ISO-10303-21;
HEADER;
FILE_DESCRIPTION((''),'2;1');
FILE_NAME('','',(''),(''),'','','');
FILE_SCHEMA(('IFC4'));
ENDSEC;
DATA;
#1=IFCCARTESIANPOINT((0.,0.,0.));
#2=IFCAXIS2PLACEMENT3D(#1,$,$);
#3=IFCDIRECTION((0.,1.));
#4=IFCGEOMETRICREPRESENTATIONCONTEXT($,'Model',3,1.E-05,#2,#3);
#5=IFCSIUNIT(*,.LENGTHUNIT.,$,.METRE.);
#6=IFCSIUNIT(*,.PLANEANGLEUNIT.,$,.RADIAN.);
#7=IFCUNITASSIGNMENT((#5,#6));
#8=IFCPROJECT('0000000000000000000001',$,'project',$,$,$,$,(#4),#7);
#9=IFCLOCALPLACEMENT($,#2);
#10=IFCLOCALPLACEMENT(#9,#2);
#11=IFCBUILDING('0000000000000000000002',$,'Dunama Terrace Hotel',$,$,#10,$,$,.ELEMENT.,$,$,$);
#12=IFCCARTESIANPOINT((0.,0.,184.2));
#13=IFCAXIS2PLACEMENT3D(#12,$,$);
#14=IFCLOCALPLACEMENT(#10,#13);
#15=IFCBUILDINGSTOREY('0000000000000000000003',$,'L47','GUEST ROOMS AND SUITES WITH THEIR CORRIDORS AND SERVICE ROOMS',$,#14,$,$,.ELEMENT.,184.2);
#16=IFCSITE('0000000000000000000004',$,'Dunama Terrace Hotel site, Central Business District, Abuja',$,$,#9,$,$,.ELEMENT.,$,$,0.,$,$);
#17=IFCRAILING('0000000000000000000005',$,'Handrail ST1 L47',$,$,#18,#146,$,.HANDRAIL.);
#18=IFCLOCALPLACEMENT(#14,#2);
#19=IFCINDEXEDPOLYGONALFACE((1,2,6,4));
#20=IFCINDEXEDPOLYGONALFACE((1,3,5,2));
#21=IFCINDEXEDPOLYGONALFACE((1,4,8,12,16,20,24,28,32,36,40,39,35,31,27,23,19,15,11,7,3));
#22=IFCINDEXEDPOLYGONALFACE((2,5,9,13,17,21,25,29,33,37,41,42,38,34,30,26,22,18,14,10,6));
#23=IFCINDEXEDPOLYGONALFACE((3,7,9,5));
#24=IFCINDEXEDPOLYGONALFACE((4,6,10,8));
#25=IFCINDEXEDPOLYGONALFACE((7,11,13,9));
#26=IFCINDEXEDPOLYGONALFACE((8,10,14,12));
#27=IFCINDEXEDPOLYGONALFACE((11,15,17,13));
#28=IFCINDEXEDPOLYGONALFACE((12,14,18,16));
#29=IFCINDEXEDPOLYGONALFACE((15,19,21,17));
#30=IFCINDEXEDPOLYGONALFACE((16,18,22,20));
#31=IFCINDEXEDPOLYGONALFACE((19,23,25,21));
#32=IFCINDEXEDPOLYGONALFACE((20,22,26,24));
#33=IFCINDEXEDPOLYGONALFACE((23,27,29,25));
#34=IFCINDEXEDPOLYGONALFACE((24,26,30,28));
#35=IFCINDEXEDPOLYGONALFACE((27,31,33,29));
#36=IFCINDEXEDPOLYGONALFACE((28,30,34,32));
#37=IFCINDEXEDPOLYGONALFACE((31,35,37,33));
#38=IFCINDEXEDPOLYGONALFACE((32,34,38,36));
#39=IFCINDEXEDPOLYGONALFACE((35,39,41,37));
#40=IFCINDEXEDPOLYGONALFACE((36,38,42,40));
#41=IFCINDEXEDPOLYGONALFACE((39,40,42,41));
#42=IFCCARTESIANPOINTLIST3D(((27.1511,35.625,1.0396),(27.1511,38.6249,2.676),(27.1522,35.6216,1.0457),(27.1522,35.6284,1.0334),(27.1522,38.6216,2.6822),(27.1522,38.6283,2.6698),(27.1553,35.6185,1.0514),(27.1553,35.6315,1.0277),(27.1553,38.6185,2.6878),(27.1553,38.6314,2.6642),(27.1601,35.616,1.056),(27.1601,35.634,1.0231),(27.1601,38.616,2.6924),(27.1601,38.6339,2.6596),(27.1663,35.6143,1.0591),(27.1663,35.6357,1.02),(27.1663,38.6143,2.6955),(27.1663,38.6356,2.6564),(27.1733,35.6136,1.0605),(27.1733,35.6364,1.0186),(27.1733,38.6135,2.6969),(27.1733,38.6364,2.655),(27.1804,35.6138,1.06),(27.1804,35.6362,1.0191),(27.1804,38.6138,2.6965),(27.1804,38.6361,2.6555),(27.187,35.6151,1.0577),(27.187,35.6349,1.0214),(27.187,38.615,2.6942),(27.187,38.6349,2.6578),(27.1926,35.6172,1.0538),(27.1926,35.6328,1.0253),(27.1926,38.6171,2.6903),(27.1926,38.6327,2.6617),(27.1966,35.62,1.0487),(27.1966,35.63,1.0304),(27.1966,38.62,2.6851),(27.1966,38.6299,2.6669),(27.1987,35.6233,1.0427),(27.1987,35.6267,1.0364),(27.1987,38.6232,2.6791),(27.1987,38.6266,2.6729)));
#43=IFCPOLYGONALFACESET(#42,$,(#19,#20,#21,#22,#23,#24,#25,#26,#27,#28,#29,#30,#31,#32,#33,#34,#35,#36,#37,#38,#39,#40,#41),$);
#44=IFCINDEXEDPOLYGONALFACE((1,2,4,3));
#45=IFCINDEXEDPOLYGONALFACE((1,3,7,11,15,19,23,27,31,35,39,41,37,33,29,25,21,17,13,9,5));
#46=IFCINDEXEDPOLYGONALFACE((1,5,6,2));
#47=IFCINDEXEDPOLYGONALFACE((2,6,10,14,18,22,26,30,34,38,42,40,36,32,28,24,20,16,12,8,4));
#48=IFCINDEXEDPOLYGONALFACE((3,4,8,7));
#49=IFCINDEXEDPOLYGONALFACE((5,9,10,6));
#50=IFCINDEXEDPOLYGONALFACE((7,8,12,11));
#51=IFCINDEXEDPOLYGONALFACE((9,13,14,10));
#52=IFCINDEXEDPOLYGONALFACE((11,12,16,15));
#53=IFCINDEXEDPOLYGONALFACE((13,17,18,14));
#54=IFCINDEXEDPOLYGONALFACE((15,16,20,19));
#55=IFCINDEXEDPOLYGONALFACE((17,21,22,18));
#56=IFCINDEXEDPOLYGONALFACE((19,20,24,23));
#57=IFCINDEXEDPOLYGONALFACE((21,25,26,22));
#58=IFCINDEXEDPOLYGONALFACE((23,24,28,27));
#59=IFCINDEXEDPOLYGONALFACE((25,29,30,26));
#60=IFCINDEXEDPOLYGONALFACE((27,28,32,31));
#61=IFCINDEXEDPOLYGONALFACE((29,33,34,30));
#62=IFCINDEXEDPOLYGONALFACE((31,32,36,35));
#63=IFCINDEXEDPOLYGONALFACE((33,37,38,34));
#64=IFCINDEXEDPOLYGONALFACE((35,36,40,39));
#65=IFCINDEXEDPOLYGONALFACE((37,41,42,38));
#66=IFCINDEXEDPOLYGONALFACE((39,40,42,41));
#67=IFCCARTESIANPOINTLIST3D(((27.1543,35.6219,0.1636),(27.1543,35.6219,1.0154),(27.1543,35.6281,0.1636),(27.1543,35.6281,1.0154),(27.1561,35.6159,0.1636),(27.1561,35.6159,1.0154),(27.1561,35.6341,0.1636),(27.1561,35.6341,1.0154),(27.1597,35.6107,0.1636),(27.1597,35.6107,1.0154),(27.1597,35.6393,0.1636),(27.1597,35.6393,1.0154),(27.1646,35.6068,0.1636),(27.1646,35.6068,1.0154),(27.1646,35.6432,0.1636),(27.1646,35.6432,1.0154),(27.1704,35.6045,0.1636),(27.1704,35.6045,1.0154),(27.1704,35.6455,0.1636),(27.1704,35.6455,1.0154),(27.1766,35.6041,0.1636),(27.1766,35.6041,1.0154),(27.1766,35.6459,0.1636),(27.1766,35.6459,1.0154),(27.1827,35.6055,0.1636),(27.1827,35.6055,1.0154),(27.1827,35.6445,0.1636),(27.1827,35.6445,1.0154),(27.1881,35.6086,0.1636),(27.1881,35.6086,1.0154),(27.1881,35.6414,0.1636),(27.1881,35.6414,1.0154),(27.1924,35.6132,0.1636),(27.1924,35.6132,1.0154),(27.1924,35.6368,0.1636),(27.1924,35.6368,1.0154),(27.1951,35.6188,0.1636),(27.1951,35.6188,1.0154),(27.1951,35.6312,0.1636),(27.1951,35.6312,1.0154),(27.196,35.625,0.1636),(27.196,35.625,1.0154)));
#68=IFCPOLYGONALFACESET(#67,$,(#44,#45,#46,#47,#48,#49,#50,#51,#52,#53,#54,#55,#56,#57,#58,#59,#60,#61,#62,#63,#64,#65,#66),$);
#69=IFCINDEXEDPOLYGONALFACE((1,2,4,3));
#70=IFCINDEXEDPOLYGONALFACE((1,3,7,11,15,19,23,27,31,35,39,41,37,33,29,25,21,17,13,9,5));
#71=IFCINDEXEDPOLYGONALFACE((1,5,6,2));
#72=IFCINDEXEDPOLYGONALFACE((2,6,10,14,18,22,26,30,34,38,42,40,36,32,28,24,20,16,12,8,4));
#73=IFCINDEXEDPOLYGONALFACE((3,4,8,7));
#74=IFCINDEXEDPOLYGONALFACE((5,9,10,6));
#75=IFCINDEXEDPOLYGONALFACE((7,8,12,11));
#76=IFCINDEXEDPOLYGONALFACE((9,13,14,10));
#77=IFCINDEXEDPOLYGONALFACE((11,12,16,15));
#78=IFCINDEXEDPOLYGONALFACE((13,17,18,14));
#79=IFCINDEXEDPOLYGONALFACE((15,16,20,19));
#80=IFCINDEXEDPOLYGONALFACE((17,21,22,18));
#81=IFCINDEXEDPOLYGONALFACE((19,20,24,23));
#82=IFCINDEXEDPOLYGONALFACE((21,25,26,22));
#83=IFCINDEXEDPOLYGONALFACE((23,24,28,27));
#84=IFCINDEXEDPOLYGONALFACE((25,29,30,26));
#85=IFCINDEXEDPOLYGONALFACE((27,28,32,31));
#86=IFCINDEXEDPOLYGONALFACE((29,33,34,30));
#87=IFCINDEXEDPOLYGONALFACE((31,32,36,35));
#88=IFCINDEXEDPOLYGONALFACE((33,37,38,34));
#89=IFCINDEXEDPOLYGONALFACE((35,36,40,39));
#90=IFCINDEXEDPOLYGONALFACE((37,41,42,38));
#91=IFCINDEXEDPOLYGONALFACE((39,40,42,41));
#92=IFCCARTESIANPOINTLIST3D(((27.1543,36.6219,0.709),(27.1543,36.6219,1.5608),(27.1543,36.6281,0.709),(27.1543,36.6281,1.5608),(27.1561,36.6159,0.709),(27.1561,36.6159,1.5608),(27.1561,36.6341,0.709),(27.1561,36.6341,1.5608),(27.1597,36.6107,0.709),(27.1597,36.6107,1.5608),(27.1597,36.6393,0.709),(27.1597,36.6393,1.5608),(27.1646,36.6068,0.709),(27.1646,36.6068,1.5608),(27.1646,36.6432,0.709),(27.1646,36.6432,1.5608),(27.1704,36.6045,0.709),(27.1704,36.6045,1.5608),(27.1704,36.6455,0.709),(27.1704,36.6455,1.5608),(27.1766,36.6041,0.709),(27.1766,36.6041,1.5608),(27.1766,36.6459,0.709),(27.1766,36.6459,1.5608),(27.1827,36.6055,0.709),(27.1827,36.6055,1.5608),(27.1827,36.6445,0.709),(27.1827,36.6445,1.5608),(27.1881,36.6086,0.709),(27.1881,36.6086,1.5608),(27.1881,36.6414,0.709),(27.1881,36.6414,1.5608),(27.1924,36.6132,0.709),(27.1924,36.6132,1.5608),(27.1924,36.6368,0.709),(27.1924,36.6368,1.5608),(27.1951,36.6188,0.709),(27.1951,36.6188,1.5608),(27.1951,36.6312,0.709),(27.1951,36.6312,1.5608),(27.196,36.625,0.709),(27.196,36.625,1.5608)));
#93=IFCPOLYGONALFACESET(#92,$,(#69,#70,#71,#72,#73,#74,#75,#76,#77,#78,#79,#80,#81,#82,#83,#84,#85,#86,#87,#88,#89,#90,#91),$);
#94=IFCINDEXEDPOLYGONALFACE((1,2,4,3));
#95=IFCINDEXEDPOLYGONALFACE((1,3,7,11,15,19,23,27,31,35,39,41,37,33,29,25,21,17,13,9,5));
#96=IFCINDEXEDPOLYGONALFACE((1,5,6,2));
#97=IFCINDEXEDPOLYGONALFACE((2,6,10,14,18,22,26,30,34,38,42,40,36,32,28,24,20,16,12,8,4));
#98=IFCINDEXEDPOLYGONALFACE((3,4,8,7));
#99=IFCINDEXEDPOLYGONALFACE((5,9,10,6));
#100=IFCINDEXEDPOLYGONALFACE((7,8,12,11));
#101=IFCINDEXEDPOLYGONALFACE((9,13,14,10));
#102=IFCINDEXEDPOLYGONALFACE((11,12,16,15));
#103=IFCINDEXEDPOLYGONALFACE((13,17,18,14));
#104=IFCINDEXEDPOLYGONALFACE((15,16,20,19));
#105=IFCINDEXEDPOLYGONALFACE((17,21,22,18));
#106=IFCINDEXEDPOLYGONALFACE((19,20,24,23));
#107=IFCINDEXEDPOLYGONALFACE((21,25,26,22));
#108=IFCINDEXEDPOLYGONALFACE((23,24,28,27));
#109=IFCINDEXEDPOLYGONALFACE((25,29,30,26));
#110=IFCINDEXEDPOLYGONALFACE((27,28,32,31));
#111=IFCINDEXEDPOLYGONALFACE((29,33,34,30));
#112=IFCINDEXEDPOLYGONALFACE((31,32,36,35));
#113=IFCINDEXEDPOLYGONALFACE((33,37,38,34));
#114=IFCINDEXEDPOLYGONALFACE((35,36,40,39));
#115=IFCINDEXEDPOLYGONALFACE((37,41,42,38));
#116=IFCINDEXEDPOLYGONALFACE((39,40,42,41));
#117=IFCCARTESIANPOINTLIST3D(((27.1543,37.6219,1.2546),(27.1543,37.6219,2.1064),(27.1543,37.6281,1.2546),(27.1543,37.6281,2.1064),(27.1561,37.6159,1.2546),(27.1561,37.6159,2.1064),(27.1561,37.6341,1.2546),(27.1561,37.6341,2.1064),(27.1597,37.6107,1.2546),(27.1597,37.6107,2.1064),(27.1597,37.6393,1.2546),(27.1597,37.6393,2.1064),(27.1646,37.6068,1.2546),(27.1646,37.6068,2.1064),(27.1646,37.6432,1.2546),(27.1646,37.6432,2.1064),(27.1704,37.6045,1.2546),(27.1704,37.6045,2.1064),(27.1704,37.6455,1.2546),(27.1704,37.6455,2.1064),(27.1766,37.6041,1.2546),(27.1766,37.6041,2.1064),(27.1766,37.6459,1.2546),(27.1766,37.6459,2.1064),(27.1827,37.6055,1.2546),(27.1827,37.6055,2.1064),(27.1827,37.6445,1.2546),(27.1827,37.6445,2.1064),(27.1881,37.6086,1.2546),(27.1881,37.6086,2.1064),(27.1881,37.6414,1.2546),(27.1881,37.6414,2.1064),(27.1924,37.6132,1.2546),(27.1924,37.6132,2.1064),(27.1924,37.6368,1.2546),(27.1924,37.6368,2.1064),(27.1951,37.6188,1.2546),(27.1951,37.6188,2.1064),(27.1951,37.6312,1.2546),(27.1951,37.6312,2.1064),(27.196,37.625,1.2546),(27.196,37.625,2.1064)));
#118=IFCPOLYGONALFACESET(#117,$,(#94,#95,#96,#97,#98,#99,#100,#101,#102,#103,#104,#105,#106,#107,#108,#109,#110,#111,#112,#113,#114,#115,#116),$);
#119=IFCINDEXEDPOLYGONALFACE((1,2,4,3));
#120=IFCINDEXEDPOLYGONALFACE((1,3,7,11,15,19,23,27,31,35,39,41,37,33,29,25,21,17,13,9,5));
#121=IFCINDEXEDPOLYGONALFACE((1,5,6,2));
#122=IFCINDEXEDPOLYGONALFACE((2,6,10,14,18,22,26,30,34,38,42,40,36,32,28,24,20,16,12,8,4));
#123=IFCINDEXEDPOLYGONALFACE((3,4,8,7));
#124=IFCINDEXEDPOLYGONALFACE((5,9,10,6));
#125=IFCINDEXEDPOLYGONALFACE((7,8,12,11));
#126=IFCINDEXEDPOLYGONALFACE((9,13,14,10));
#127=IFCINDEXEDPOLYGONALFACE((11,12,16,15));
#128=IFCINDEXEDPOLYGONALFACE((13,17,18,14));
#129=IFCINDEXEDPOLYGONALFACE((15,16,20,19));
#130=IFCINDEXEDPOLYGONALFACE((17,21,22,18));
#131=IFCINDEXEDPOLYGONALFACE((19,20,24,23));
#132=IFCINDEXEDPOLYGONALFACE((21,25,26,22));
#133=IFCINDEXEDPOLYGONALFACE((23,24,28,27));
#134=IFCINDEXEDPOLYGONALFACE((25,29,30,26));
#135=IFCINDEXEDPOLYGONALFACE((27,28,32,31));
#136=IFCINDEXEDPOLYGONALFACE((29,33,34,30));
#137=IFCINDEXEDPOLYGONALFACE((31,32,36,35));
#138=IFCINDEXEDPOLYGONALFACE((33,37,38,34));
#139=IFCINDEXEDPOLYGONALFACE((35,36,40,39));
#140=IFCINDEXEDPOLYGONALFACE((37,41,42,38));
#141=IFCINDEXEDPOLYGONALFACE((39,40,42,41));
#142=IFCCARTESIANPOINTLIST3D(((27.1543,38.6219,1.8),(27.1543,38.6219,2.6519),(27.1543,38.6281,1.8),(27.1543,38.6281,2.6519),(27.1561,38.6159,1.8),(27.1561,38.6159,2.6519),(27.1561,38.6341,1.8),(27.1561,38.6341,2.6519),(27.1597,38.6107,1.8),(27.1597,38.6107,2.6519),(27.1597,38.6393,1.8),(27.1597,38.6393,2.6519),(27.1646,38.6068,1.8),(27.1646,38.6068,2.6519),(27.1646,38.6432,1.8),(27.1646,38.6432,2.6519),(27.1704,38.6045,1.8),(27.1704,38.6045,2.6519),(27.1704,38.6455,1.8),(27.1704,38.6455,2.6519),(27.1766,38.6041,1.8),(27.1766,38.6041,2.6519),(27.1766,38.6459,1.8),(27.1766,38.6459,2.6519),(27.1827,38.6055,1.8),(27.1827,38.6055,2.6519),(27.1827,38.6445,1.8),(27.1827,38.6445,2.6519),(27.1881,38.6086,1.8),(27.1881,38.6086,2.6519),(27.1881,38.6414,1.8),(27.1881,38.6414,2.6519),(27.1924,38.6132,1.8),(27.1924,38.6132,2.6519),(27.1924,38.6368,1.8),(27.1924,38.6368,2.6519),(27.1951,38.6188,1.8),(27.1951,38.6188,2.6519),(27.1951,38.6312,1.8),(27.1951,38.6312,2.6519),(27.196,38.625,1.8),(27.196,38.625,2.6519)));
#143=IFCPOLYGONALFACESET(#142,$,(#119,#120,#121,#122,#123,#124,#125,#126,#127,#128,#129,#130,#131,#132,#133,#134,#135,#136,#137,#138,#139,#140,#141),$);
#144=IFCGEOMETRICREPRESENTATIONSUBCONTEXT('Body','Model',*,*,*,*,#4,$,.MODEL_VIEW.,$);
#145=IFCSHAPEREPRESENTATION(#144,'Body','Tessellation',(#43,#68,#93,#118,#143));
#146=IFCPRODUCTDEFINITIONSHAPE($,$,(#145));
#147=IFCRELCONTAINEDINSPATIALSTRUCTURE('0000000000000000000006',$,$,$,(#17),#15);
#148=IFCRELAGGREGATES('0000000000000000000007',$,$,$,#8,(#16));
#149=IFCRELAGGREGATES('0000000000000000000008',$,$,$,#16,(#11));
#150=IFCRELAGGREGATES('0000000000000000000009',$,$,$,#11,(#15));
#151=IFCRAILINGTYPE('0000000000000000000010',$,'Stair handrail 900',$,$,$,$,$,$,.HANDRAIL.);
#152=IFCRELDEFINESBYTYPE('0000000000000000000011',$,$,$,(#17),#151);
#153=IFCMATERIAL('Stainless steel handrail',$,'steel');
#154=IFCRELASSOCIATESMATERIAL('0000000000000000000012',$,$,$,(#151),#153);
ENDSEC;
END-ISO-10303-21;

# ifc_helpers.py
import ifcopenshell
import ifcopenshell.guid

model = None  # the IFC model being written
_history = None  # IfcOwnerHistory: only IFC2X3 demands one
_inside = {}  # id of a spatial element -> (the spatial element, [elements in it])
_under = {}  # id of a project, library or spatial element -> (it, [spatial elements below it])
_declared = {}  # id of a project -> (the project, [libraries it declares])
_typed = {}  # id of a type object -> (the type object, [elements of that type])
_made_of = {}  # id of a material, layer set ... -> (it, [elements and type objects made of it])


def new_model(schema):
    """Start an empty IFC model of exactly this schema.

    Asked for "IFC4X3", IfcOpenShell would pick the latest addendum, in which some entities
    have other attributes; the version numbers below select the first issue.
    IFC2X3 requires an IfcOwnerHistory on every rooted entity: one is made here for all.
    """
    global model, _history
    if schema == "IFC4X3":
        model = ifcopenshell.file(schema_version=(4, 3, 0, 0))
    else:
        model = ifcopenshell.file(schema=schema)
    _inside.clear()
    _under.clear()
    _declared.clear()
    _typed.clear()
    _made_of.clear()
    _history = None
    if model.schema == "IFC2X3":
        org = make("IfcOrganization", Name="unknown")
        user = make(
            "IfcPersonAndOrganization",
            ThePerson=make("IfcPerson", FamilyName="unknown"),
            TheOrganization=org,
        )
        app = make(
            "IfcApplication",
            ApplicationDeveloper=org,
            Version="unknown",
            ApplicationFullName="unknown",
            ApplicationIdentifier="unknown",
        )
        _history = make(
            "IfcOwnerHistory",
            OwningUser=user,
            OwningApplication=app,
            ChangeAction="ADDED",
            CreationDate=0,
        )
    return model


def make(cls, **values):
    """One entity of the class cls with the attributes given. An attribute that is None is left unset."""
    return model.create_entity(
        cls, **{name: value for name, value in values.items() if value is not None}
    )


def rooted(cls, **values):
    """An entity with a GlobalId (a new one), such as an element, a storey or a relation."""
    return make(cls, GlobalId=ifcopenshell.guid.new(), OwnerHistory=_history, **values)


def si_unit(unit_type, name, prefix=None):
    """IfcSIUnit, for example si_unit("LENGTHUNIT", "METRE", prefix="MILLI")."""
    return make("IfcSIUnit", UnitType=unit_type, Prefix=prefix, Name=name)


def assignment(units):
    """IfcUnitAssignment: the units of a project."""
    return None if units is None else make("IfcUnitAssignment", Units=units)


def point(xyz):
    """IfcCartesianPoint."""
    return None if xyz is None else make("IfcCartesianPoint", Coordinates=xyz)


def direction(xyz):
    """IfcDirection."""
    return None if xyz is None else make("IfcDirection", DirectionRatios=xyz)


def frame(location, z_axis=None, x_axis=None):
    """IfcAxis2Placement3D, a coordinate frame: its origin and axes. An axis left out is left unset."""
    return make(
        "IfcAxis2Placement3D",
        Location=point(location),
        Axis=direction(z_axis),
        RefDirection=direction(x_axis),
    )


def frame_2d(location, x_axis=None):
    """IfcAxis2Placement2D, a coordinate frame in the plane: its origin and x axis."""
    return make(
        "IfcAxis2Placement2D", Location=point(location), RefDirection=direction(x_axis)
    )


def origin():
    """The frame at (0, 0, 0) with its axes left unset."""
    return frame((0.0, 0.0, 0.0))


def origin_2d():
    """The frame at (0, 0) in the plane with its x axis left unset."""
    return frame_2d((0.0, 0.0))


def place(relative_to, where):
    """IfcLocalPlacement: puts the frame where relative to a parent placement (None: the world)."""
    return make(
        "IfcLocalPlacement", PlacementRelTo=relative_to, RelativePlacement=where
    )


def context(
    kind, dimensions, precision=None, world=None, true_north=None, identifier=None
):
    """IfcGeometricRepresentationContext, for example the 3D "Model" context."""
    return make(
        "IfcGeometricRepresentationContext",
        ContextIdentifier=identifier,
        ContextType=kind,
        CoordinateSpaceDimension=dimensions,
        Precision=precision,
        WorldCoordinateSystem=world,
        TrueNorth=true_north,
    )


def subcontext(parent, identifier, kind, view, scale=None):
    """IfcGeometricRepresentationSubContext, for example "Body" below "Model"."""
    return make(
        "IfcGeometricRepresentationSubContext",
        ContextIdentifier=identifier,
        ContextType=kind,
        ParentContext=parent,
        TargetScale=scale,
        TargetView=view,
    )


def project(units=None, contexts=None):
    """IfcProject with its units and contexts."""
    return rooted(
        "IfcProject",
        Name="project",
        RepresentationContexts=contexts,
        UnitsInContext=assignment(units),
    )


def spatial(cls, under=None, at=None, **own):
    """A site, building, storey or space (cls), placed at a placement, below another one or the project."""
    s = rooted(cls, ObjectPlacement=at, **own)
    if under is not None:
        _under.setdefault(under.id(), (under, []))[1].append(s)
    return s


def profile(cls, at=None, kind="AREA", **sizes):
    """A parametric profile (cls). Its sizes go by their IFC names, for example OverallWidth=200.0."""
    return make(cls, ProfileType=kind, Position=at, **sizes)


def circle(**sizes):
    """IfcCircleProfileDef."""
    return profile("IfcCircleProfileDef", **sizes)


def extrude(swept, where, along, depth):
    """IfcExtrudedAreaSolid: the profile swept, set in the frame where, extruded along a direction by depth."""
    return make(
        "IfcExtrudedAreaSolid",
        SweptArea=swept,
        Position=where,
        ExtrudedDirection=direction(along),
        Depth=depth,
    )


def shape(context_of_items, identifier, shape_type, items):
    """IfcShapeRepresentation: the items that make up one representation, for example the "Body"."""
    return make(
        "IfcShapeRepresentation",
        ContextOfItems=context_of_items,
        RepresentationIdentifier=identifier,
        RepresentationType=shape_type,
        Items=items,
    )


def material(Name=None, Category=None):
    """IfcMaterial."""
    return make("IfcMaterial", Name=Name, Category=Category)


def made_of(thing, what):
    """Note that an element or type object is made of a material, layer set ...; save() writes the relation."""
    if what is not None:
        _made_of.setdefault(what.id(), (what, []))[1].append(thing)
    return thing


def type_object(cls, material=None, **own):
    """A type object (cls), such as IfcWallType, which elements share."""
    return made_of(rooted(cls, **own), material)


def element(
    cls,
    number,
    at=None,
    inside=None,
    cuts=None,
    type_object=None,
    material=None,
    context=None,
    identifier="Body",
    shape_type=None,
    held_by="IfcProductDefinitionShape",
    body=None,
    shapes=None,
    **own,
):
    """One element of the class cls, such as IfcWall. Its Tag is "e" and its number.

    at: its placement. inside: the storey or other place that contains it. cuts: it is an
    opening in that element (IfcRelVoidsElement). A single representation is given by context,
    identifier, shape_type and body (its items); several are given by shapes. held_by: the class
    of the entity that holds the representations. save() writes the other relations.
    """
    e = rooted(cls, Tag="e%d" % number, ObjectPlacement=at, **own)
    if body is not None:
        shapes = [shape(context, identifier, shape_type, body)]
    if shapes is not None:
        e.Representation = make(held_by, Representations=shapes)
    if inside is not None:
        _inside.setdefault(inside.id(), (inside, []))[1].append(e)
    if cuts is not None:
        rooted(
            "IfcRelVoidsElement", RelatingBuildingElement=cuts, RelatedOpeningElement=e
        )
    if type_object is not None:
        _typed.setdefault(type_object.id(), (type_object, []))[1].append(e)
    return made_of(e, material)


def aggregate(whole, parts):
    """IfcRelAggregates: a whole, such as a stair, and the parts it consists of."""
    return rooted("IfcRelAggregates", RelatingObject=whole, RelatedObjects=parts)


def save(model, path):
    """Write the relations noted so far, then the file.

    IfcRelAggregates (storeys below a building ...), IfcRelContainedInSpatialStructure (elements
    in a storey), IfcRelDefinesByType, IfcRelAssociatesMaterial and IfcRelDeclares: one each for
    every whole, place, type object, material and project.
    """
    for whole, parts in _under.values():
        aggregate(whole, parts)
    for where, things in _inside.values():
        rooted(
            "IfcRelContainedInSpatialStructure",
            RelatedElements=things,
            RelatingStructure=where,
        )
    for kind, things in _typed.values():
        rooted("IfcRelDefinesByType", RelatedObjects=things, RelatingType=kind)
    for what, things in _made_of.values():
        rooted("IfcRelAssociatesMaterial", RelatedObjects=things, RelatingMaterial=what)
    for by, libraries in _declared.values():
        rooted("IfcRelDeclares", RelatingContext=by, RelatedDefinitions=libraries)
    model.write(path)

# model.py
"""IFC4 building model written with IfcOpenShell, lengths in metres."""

from ifc_helpers import new_model, si_unit, direction, frame, origin, origin_2d, place, context, subcontext, project, spatial, circle, extrude, material, type_object, element, save


model = new_model("IFC4")

# Units and contexts
model_context = context("Model", 3, precision=1e-05, world=origin(), true_north=direction((0.0, 1.0)))
body_context = subcontext(model_context, "Body", "Model", "MODEL_VIEW")
ifc_project = project(units=[si_unit("LENGTHUNIT", "METRE"), si_unit("PLANEANGLEUNIT", "RADIAN")], contexts=[model_context])

# Site, building, storey
site_placement = place(None, origin())
site = spatial("IfcSite", under=ifc_project, at=site_placement, Name="Dunama Terrace Hotel site, Central Business District, Abuja", CompositionType="ELEMENT", RefElevation=0.0)
building_placement = place(site_placement, origin())
building = spatial("IfcBuilding", under=site, at=building_placement, Name="Dunama Terrace Hotel", CompositionType="ELEMENT")
storey_placement = place(building_placement, frame((0.0, 0.0, 184.2)))
storey = spatial("IfcBuildingStorey", under=building, at=storey_placement, Name="L47", Description="GUEST ROOMS AND SUITES WITH THEIR CORRIDORS AND SERVICE ROOMS", CompositionType="ELEMENT", Elevation=184.2)

# Railing
ifc_material_1 = material(Name="Stainless steel handrail", Category="steel")
railing_type = type_object("IfcRailingType", Name="Stair handrail 900", PredefinedType="HANDRAIL", material=ifc_material_1)
railing_1_placement = place(storey_placement, frame((27.175, 35.625, 0.1636)))
element("IfcRailing", 1, at=railing_1_placement, inside=storey, type_object=railing_type, Name="Handrail ST1 L47", PredefinedType="HANDRAIL", context=body_context, shape_type="SweptSolid", body=[
    extrude(circle(Radius=0.0239, at=origin_2d()), frame((0.0, 0.0, 0.876), z_axis=(0.0, 0.877882, 0.478877), x_axis=(-1.0, 0.0, 0.0)), (0.0, 0.0, 1.0), 3.4172),
    extrude(circle(Radius=0.021, at=origin_2d()), origin(), (0.0, 0.0, 1.0), 0.8518),
    extrude(circle(Radius=0.021, at=origin_2d()), frame((0.0, 1.0, 0.5454)), (0.0, 0.0, 1.0), 0.8518),
    extrude(circle(Radius=0.021, at=origin_2d()), frame((0.0, 2.0, 1.0911)), (0.0, 0.0, 1.0), 0.8518),
    extrude(circle(Radius=0.021, at=origin_2d()), frame((0.0, 3.0, 1.6365)), (0.0, 0.0, 1.0), 0.8518),
])

save(model, "model.ifc")
